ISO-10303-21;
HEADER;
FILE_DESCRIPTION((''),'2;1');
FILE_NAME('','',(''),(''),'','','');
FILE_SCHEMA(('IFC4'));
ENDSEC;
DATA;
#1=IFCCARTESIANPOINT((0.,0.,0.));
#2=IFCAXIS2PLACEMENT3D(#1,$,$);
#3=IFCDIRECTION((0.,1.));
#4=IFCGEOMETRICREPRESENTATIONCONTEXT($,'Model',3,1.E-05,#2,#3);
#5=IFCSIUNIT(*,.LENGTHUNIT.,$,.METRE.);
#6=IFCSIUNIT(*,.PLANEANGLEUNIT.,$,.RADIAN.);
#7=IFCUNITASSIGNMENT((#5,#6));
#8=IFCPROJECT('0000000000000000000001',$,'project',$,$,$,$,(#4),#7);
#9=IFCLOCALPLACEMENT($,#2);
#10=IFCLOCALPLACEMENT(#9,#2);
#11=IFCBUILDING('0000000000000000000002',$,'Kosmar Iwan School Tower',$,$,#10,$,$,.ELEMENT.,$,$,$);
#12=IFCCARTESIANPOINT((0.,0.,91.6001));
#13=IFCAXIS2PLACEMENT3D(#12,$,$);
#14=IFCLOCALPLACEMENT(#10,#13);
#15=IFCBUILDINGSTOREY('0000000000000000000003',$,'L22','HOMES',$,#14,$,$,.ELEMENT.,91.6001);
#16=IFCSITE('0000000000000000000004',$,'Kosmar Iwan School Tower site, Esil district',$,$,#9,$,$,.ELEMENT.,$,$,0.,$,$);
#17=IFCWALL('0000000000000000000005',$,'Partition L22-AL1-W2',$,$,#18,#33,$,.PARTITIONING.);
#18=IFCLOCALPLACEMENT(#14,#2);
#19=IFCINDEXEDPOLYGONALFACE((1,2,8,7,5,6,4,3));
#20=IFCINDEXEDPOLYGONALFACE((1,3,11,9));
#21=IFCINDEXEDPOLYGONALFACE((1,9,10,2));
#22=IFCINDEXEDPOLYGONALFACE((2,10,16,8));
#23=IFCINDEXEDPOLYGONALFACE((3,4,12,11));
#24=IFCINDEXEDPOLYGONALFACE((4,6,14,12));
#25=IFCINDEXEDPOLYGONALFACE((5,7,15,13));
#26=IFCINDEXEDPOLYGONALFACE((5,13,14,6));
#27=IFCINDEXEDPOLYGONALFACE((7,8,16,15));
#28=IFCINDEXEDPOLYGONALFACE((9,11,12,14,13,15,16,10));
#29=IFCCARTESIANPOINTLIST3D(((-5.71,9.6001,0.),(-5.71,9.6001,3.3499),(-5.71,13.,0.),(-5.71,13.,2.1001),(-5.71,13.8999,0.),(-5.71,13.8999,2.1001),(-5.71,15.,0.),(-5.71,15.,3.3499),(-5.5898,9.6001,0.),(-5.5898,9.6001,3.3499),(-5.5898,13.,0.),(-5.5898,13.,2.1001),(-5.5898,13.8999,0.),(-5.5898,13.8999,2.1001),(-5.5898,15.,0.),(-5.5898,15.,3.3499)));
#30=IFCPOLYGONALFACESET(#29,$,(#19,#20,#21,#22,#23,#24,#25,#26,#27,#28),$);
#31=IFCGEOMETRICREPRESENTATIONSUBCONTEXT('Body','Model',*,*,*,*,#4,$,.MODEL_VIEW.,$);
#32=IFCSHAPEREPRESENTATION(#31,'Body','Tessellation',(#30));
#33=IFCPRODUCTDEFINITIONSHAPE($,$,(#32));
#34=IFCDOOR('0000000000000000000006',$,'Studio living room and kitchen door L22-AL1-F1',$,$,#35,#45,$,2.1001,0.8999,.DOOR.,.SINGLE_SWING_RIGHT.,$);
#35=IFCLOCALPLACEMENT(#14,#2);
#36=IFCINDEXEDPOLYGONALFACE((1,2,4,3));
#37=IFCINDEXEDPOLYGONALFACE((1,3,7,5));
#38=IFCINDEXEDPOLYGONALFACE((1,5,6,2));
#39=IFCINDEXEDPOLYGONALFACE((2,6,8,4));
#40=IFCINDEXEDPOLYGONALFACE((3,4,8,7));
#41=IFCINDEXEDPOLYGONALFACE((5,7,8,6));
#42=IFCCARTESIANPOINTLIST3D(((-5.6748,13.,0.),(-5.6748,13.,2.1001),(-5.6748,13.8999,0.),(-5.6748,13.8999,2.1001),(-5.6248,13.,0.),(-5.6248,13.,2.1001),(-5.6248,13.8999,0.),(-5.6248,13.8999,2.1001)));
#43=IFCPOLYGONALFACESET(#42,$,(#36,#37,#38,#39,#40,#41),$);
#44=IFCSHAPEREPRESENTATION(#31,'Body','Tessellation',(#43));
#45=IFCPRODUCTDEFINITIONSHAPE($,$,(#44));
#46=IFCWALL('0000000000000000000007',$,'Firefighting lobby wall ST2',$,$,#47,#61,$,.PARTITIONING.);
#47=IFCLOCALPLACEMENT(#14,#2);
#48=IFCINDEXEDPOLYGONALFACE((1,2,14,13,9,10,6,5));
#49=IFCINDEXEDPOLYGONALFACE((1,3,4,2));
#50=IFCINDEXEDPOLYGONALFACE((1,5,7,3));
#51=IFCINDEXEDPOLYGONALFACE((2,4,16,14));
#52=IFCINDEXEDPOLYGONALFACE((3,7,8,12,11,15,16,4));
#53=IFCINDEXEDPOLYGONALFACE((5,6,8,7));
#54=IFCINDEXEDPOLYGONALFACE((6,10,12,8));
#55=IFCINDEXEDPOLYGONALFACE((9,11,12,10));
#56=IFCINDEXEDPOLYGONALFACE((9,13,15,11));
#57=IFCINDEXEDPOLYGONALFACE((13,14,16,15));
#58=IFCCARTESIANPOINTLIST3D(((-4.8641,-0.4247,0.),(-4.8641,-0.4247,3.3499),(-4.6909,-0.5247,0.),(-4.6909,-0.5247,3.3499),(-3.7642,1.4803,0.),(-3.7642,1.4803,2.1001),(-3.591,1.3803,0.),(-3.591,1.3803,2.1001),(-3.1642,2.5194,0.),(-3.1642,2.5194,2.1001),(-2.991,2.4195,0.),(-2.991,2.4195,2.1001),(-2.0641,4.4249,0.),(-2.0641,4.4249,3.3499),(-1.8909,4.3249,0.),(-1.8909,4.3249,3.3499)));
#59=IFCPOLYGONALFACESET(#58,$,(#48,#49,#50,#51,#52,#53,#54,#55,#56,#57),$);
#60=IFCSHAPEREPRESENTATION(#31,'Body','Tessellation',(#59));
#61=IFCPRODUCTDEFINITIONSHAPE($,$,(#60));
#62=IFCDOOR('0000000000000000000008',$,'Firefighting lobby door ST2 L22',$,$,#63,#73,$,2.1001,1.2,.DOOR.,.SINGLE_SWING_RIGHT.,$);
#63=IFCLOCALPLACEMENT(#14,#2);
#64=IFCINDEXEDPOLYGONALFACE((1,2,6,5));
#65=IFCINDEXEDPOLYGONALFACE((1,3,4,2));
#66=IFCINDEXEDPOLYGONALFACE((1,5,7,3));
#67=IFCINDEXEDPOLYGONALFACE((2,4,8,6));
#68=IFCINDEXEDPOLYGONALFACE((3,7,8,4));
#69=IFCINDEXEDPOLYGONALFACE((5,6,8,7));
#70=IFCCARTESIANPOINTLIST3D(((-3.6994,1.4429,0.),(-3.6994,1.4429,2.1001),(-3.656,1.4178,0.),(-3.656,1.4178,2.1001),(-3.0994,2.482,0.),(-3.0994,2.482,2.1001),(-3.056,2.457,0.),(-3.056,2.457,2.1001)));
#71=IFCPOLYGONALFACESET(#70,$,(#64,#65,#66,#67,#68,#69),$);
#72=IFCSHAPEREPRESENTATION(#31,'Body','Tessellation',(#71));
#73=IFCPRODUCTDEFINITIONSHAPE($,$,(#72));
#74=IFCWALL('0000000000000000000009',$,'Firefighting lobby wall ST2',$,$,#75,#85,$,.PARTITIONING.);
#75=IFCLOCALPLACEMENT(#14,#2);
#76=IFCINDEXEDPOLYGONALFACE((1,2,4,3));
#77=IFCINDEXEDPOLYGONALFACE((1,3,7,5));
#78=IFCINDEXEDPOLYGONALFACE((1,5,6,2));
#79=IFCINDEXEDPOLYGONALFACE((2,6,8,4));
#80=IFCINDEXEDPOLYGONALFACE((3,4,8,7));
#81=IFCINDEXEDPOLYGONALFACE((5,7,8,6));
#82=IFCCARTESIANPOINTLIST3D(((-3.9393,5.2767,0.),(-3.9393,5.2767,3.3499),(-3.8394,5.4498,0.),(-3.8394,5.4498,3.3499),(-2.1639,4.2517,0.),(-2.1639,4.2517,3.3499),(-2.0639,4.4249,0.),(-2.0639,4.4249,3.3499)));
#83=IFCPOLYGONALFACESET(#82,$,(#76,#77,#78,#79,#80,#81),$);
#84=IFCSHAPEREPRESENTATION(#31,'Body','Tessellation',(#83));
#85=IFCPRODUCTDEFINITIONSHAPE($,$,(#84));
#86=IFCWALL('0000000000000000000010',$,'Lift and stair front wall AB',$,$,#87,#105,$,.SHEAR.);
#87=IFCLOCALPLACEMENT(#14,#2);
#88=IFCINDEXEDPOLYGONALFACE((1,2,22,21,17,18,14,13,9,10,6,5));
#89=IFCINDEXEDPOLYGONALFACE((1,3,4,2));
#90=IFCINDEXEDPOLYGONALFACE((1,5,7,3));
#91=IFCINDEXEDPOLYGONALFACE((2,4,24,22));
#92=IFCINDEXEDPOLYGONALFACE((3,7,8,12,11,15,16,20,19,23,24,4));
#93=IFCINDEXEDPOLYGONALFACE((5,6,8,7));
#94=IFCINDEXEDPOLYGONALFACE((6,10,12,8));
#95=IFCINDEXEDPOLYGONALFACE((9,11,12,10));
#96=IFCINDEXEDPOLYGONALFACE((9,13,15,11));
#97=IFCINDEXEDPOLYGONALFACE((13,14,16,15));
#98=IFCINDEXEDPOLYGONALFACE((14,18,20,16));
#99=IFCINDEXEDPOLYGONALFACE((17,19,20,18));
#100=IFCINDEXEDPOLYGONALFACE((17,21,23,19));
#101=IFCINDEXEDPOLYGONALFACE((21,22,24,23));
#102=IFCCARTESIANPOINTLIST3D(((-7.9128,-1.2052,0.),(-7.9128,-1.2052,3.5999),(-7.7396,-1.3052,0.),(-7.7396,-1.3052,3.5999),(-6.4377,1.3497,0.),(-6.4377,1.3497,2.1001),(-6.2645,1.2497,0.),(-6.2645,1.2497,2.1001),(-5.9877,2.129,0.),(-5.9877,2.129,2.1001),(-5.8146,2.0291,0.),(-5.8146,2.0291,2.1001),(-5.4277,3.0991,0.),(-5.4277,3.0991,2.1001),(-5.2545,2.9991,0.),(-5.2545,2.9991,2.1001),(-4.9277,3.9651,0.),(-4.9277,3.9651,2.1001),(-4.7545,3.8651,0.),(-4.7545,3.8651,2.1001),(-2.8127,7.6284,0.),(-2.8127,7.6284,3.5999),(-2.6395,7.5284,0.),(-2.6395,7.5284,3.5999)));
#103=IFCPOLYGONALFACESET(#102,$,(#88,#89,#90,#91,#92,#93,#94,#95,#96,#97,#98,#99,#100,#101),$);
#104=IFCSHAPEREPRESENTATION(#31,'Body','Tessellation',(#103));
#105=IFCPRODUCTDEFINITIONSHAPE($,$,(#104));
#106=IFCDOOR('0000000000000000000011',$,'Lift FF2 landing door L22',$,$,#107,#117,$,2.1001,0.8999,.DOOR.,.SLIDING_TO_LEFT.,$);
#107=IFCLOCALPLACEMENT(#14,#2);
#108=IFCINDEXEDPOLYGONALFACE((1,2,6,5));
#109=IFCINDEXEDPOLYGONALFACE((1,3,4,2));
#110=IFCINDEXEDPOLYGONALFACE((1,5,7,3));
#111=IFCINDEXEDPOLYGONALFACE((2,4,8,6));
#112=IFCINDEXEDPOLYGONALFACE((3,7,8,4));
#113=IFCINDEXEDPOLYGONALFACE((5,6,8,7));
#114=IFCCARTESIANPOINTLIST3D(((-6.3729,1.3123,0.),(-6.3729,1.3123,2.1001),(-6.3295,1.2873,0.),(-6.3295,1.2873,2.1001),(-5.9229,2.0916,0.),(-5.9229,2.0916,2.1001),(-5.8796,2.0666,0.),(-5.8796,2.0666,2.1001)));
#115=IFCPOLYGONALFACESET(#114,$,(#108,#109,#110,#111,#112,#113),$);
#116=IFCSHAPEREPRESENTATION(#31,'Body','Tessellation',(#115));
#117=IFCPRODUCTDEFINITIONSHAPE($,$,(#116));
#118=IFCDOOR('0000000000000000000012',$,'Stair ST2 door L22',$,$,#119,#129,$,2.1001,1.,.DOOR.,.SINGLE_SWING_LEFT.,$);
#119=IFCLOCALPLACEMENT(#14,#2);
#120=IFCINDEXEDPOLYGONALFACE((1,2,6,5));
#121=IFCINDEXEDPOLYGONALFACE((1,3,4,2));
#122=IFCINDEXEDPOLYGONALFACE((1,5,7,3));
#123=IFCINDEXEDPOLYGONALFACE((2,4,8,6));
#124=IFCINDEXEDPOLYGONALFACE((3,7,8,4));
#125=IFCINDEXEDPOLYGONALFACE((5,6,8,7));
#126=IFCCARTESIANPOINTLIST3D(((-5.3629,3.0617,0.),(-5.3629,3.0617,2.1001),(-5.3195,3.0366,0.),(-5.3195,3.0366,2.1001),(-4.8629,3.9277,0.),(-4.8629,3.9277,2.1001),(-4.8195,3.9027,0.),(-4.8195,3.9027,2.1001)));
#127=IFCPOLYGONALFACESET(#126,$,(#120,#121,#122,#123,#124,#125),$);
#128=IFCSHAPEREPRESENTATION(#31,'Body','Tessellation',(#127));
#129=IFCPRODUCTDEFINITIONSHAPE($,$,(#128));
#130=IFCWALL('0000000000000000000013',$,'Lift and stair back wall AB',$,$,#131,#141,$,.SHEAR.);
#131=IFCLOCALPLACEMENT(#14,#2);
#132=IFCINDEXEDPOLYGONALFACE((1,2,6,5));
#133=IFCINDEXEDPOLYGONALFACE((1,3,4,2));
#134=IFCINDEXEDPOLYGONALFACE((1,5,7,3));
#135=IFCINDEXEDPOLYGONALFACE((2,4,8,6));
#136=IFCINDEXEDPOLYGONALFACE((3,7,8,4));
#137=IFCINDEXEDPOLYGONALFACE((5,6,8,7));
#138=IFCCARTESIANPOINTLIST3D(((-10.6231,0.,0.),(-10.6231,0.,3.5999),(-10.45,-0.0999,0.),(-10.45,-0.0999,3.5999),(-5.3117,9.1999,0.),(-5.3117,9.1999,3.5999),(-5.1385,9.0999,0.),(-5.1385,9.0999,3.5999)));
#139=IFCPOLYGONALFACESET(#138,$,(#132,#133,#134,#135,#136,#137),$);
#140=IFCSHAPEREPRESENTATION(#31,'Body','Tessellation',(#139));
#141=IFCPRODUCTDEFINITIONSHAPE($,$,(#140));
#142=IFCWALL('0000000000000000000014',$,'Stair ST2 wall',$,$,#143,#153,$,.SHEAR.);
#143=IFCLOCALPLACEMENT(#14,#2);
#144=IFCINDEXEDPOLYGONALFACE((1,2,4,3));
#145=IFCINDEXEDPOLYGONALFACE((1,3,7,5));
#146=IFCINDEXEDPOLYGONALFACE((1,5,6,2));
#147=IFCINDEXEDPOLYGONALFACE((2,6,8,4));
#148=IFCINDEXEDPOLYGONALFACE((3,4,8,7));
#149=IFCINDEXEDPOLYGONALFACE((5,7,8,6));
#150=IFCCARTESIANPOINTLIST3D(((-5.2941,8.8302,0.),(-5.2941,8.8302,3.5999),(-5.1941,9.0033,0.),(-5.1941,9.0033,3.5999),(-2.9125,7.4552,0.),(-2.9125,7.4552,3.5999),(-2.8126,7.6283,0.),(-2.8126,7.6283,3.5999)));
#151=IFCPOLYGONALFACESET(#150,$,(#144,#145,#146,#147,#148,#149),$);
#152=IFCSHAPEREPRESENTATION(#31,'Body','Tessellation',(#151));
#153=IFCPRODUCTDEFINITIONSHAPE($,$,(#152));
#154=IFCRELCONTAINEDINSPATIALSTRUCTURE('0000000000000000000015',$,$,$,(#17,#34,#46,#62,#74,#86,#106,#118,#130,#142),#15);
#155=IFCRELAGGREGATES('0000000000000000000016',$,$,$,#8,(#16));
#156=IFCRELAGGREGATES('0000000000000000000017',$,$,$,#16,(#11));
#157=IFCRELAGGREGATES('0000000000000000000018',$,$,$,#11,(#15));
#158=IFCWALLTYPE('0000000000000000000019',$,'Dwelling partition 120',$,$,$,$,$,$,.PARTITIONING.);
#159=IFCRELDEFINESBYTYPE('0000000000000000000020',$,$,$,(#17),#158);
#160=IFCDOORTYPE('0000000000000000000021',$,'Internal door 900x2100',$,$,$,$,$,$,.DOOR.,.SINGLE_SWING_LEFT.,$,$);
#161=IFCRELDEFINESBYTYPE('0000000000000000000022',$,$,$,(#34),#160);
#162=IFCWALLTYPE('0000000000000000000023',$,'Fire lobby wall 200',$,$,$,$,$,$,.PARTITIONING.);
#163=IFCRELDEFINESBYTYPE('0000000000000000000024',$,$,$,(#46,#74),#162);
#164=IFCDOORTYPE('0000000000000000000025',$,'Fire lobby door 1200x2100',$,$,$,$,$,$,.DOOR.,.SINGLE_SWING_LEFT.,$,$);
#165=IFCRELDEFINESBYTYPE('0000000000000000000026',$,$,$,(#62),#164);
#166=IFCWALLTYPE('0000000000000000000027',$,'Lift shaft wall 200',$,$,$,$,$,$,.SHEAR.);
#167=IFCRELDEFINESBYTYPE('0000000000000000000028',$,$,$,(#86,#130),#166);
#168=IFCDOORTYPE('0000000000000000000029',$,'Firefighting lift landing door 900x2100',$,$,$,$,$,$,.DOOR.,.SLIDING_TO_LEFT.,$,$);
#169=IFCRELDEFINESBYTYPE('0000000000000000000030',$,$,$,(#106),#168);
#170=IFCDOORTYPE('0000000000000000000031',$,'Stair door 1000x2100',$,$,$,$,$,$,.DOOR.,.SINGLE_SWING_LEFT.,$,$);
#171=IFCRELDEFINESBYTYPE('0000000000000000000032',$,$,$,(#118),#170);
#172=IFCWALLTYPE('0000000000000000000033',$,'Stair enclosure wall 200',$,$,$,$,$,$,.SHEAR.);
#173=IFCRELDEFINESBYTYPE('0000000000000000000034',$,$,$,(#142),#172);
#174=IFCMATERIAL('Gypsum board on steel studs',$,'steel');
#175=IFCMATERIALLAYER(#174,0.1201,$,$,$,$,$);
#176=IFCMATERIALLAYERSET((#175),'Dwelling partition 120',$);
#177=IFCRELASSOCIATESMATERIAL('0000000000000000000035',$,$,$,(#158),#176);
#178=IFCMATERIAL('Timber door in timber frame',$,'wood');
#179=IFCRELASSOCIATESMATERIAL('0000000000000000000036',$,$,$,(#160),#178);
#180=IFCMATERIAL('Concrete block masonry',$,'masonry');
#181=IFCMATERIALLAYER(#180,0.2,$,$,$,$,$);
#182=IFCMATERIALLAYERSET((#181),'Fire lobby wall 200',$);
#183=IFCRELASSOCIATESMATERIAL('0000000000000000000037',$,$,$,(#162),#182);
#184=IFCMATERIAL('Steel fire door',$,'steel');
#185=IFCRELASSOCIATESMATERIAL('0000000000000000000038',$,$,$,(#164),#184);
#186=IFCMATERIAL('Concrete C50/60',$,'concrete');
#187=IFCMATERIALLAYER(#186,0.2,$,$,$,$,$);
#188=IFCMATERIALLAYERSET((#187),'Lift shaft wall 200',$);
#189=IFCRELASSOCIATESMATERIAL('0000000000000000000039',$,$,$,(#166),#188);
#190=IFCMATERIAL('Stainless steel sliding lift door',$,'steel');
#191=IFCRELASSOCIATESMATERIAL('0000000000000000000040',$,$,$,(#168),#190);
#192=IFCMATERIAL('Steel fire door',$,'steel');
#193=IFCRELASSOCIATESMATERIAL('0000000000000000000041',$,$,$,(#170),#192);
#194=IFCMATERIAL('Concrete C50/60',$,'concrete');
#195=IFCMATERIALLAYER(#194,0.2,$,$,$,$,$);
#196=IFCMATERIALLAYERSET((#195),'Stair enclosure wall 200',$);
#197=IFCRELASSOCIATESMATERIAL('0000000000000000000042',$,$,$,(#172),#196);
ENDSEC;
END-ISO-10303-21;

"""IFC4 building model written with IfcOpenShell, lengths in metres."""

from ifc_helpers import new_model, si_unit, direction, frame, frame_2d, origin, place, context, subcontext, project, spatial, rectangle, extrude, material, layer, layer_set, type_object, element, fill, save


model = new_model("IFC4")

# Units and contexts
model_context = context("Model", 3, precision=1e-05, world=origin(), true_north=direction((0.0, 1.0)))
body_context = subcontext(model_context, "Body", "Model", "MODEL_VIEW")
ifc_project = project(units=[si_unit("LENGTHUNIT", "METRE"), si_unit("PLANEANGLEUNIT", "RADIAN")], contexts=[model_context])

# Site, building, storey
site_placement = place(None, origin())
site = spatial("IfcSite", under=ifc_project, at=site_placement, Name="Kosmar Iwan School Tower site, Esil district", CompositionType="ELEMENT", RefElevation=0.0)
building_placement = place(site_placement, origin())
building = spatial("IfcBuilding", under=site, at=building_placement, Name="Kosmar Iwan School Tower", CompositionType="ELEMENT")
storey_placement = place(building_placement, frame((0.0, 0.0, 91.6001)))
storey = spatial("IfcBuildingStorey", under=building, at=storey_placement, Name="L22", Description="HOMES", CompositionType="ELEMENT", Elevation=91.6001)

# Shared definitions
ifc_material_1 = material(Name="Gypsum board on steel studs", Category="steel")
ifc_layer_1 = layer(ifc_material_1, 0.1201)
ifc_layer_set_1 = layer_set([ifc_layer_1], Name="Dwelling partition 120")
wall_type_1 = type_object("IfcWallType", Name="Dwelling partition 120", PredefinedType="PARTITIONING", material=ifc_layer_set_1)
ifc_material_2 = material(Name="Timber door in timber frame", Category="wood")
door_type_1 = type_object("IfcDoorType", Name="Internal door 900x2100", OperationType="SINGLE_SWING_LEFT", PredefinedType="DOOR", material=ifc_material_2)

# Walls, openings, doors
wall_1_placement = place(storey_placement, frame((-5.6499, 9.6001, 0.0), z_axis=(0.0, 0.0, 1.0), x_axis=(0.0, 1.0, 0.0)))
wall_1 = element("IfcWall", 1, at=wall_1_placement, inside=storey, type_object=wall_type_1, Name="Partition L22-AL1-W2", PredefinedType="PARTITIONING", context=body_context, shape_type="SweptSolid", body=[
    extrude(rectangle(XDim=5.3999, YDim=0.1201, at=frame_2d((2.7, 0.0))), origin(), (0.0, 0.0, 1.0), 3.3499),
])
opening_1_placement = place(wall_1_placement, frame((3.3999, 0.0, 0.0)))
opening_1 = element("IfcOpeningElement", 2, at=opening_1_placement, cuts=wall_1, PredefinedType="OPENING", context=body_context, shape_type="SweptSolid", body=[
    extrude(rectangle(XDim=0.8999, YDim=2.1001, at=frame_2d((0.45, 1.05))), frame((0.0, 0.072, 0.0), z_axis=(0.0, -1.0, 0.0), x_axis=(1.0, 0.0, 0.0)), (0.0, 0.0, 1.0), 0.144),
])
door_1_placement = place(opening_1_placement, origin())
door_1 = element("IfcDoor", 3, at=door_1_placement, inside=storey, type_object=door_type_1, Name="Studio living room and kitchen door L22-AL1-F1", OperationType="SINGLE_SWING_RIGHT", OverallHeight=2.1001, OverallWidth=0.8999, PredefinedType="DOOR", context=body_context, shape_type="SweptSolid", body=[
    extrude(rectangle(XDim=0.8999, YDim=2.1001, at=frame_2d((0.45, 1.05))), frame((0.0, 0.0249, 0.0), z_axis=(0.0, -1.0, 0.0), x_axis=(1.0, 0.0, 0.0)), (0.0, 0.0, 1.0), 0.05),
])
fill(opening_1, door_1)
ifc_material_3 = material(Name="Concrete block masonry", Category="masonry")
ifc_layer_2 = layer(ifc_material_3, 0.2)
ifc_layer_set_2 = layer_set([ifc_layer_2], Name="Fire lobby wall 200")
wall_type_2 = type_object("IfcWallType", Name="Fire lobby wall 200", PredefinedType="PARTITIONING", material=ifc_layer_set_2)
wall_2_placement = place(storey_placement, frame((-1.9775, 4.3748, 0.0), z_axis=(0.0, 0.0, 1.0), x_axis=(-0.500017, -0.866016, 0.0)))
wall_2 = element("IfcWall", 4, at=wall_2_placement, inside=storey, type_object=wall_type_2, Name="Firefighting lobby wall ST2", PredefinedType="PARTITIONING", context=body_context, shape_type="SweptSolid", body=[
    extrude(rectangle(XDim=5.5999, YDim=0.2, at=frame_2d((2.7998, 0.0))), origin(), (0.0, 0.0, 1.0), 3.3499),
])
opening_2_placement = place(wall_2_placement, frame((2.2, 0.0, 0.0)))
opening_2 = element("IfcOpeningElement", 5, at=opening_2_placement, cuts=wall_2, PredefinedType="OPENING", context=body_context, shape_type="SweptSolid", body=[
    extrude(rectangle(XDim=1.2, YDim=2.1001, at=frame_2d((0.6001, 1.05))), frame((0.0, 0.1121, 0.0), z_axis=(0.0, -1.0, 0.0), x_axis=(1.0, 0.0, 0.0)), (0.0, 0.0, 1.0), 0.2239),
])
ifc_material_4 = material(Name="Steel fire door", Category="steel")
door_type_2 = type_object("IfcDoorType", Name="Fire lobby door 1200x2100", OperationType="SINGLE_SWING_LEFT", PredefinedType="DOOR", material=ifc_material_4)
door_2_placement = place(opening_2_placement, origin())
door_2 = element("IfcDoor", 6, at=door_2_placement, inside=storey, type_object=door_type_2, Name="Firefighting lobby door ST2 L22", OperationType="SINGLE_SWING_RIGHT", OverallHeight=2.1001, OverallWidth=1.2, PredefinedType="DOOR", context=body_context, shape_type="SweptSolid", body=[
    extrude(rectangle(XDim=1.2, YDim=2.1001, at=frame_2d((0.6001, 1.05))), frame((0.0, 0.0249, 0.0), z_axis=(0.0, -1.0, 0.0), x_axis=(1.0, 0.0, 0.0)), (0.0, 0.0, 1.0), 0.05),
])
fill(opening_2, door_2)

# Wall
wall_3_placement = place(storey_placement, frame((-2.114, 4.3384, 0.0), z_axis=(0.0, 0.0, 1.0), x_axis=(-0.866051, 0.499956, 0.0)))
element("IfcWall", 7, at=wall_3_placement, inside=storey, type_object=wall_type_2, Name="Firefighting lobby wall ST2", PredefinedType="PARTITIONING", context=body_context, shape_type="SweptSolid", body=[
    extrude(rectangle(XDim=2.05, YDim=0.2, at=frame_2d((1.0249, 0.0))), origin(), (0.0, 0.0, 1.0), 3.3499),
])

# Wall, openings, doors
ifc_material_5 = material(Name="Concrete C50/60", Category="concrete")
ifc_layer_3 = layer(ifc_material_5, 0.2)
ifc_layer_set_3 = layer_set([ifc_layer_3], Name="Lift shaft wall 200")
wall_type_3 = type_object("IfcWallType", Name="Lift shaft wall 200", PredefinedType="SHEAR", material=ifc_layer_set_3)
wall_4_placement = place(storey_placement, frame((-2.7261, 7.5784, 0.0), z_axis=(0.0, 0.0, 1.0), x_axis=(-0.500006, -0.866022, 0.0)))
wall_4 = element("IfcWall", 8, at=wall_4_placement, inside=storey, type_object=wall_type_3, Name="Lift and stair front wall AB", PredefinedType="SHEAR", context=body_context, shape_type="SweptSolid", body=[
    extrude(rectangle(XDim=10.2002, YDim=0.2, at=frame_2d((5.1001, 0.0))), origin(), (0.0, 0.0, 1.0), 3.5999),
])
opening_3_placement = place(wall_4_placement, frame((6.3501, 0.0, 0.0)))
opening_3 = element("IfcOpeningElement", 9, at=opening_3_placement, cuts=wall_4, PredefinedType="OPENING", context=body_context, shape_type="SweptSolid", body=[
    extrude(rectangle(XDim=0.8999, YDim=2.1001, at=frame_2d((0.45, 1.05))), frame((0.0, 0.1121, 0.0), z_axis=(0.0, -1.0, 0.0), x_axis=(1.0, 0.0, 0.0)), (0.0, 0.0, 1.0), 0.2239),
])
opening_4_placement = place(wall_4_placement, frame((4.23, 0.0, 0.0)))
opening_4 = element("IfcOpeningElement", 10, at=opening_4_placement, cuts=wall_4, PredefinedType="OPENING", context=body_context, shape_type="SweptSolid", body=[
    extrude(rectangle(XDim=1.0, YDim=2.1001, at=frame_2d((0.5, 1.05))), frame((0.0, 0.1121, 0.0), z_axis=(0.0, -1.0, 0.0), x_axis=(1.0, 0.0, 0.0)), (0.0, 0.0, 1.0), 0.2239),
])
ifc_material_6 = material(Name="Stainless steel sliding lift door", Category="steel")
door_type_3 = type_object("IfcDoorType", Name="Firefighting lift landing door 900x2100", OperationType="SLIDING_TO_LEFT", PredefinedType="DOOR", material=ifc_material_6)
door_3_placement = place(opening_3_placement, origin())
door_3 = element("IfcDoor", 11, at=door_3_placement, inside=storey, type_object=door_type_3, Name="Lift FF2 landing door L22", OperationType="SLIDING_TO_LEFT", OverallHeight=2.1001, OverallWidth=0.8999, PredefinedType="DOOR", context=body_context, shape_type="SweptSolid", body=[
    extrude(rectangle(XDim=0.8999, YDim=2.1001, at=frame_2d((0.45, 1.05))), frame((0.0, 0.0249, 0.0), z_axis=(0.0, -1.0, 0.0), x_axis=(1.0, 0.0, 0.0)), (0.0, 0.0, 1.0), 0.05),
])
fill(opening_3, door_3)
ifc_material_7 = material(Name="Steel fire door", Category="steel")
door_type_4 = type_object("IfcDoorType", Name="Stair door 1000x2100", OperationType="SINGLE_SWING_LEFT", PredefinedType="DOOR", material=ifc_material_7)
door_4_placement = place(opening_4_placement, origin())
door_4 = element("IfcDoor", 12, at=door_4_placement, inside=storey, type_object=door_type_4, Name="Stair ST2 door L22", OperationType="SINGLE_SWING_LEFT", OverallHeight=2.1001, OverallWidth=1.0, PredefinedType="DOOR", context=body_context, shape_type="SweptSolid", body=[
    extrude(rectangle(XDim=1.0, YDim=2.1001, at=frame_2d((0.5, 1.05))), frame((0.0, 0.0249, 0.0), z_axis=(0.0, -1.0, 0.0), x_axis=(1.0, 0.0, 0.0)), (0.0, 0.0, 1.0), 0.05),
])
fill(opening_4, door_4)

# Walls
wall_5_placement = place(storey_placement, frame((-5.2251, 9.1499, 0.0), z_axis=(0.0, 0.0, 1.0), x_axis=(-0.499995, -0.866028, 0.0)))
element("IfcWall", 13, at=wall_5_placement, inside=storey, type_object=wall_type_3, Name="Lift and stair back wall AB", PredefinedType="SHEAR", context=body_context, shape_type="SweptSolid", body=[
    extrude(rectangle(XDim=10.623, YDim=0.2, at=frame_2d((5.3115, 0.0))), origin(), (0.0, 0.0, 1.0), 3.5999),
])
ifc_material_8 = material(Name="Concrete C50/60", Category="concrete")
ifc_layer_4 = layer(ifc_material_8, 0.2)
ifc_layer_set_4 = layer_set([ifc_layer_4], Name="Stair enclosure wall 200")
wall_type_4 = type_object("IfcWallType", Name="Stair enclosure wall 200", PredefinedType="SHEAR", material=ifc_layer_set_4)
wall_6_placement = place(storey_placement, frame((-2.8625, 7.5417, 0.0), z_axis=(0.0, 0.0, 1.0), x_axis=(-0.866027, 0.499997, 0.0)))
element("IfcWall", 14, at=wall_6_placement, inside=storey, type_object=wall_type_4, Name="Stair ST2 wall", PredefinedType="SHEAR", context=body_context, shape_type="SweptSolid", body=[
    extrude(rectangle(XDim=2.75, YDim=0.2, at=frame_2d((1.375, 0.0))), origin(), (0.0, 0.0, 1.0), 3.5999),
])

save(model, "model.ifc")
